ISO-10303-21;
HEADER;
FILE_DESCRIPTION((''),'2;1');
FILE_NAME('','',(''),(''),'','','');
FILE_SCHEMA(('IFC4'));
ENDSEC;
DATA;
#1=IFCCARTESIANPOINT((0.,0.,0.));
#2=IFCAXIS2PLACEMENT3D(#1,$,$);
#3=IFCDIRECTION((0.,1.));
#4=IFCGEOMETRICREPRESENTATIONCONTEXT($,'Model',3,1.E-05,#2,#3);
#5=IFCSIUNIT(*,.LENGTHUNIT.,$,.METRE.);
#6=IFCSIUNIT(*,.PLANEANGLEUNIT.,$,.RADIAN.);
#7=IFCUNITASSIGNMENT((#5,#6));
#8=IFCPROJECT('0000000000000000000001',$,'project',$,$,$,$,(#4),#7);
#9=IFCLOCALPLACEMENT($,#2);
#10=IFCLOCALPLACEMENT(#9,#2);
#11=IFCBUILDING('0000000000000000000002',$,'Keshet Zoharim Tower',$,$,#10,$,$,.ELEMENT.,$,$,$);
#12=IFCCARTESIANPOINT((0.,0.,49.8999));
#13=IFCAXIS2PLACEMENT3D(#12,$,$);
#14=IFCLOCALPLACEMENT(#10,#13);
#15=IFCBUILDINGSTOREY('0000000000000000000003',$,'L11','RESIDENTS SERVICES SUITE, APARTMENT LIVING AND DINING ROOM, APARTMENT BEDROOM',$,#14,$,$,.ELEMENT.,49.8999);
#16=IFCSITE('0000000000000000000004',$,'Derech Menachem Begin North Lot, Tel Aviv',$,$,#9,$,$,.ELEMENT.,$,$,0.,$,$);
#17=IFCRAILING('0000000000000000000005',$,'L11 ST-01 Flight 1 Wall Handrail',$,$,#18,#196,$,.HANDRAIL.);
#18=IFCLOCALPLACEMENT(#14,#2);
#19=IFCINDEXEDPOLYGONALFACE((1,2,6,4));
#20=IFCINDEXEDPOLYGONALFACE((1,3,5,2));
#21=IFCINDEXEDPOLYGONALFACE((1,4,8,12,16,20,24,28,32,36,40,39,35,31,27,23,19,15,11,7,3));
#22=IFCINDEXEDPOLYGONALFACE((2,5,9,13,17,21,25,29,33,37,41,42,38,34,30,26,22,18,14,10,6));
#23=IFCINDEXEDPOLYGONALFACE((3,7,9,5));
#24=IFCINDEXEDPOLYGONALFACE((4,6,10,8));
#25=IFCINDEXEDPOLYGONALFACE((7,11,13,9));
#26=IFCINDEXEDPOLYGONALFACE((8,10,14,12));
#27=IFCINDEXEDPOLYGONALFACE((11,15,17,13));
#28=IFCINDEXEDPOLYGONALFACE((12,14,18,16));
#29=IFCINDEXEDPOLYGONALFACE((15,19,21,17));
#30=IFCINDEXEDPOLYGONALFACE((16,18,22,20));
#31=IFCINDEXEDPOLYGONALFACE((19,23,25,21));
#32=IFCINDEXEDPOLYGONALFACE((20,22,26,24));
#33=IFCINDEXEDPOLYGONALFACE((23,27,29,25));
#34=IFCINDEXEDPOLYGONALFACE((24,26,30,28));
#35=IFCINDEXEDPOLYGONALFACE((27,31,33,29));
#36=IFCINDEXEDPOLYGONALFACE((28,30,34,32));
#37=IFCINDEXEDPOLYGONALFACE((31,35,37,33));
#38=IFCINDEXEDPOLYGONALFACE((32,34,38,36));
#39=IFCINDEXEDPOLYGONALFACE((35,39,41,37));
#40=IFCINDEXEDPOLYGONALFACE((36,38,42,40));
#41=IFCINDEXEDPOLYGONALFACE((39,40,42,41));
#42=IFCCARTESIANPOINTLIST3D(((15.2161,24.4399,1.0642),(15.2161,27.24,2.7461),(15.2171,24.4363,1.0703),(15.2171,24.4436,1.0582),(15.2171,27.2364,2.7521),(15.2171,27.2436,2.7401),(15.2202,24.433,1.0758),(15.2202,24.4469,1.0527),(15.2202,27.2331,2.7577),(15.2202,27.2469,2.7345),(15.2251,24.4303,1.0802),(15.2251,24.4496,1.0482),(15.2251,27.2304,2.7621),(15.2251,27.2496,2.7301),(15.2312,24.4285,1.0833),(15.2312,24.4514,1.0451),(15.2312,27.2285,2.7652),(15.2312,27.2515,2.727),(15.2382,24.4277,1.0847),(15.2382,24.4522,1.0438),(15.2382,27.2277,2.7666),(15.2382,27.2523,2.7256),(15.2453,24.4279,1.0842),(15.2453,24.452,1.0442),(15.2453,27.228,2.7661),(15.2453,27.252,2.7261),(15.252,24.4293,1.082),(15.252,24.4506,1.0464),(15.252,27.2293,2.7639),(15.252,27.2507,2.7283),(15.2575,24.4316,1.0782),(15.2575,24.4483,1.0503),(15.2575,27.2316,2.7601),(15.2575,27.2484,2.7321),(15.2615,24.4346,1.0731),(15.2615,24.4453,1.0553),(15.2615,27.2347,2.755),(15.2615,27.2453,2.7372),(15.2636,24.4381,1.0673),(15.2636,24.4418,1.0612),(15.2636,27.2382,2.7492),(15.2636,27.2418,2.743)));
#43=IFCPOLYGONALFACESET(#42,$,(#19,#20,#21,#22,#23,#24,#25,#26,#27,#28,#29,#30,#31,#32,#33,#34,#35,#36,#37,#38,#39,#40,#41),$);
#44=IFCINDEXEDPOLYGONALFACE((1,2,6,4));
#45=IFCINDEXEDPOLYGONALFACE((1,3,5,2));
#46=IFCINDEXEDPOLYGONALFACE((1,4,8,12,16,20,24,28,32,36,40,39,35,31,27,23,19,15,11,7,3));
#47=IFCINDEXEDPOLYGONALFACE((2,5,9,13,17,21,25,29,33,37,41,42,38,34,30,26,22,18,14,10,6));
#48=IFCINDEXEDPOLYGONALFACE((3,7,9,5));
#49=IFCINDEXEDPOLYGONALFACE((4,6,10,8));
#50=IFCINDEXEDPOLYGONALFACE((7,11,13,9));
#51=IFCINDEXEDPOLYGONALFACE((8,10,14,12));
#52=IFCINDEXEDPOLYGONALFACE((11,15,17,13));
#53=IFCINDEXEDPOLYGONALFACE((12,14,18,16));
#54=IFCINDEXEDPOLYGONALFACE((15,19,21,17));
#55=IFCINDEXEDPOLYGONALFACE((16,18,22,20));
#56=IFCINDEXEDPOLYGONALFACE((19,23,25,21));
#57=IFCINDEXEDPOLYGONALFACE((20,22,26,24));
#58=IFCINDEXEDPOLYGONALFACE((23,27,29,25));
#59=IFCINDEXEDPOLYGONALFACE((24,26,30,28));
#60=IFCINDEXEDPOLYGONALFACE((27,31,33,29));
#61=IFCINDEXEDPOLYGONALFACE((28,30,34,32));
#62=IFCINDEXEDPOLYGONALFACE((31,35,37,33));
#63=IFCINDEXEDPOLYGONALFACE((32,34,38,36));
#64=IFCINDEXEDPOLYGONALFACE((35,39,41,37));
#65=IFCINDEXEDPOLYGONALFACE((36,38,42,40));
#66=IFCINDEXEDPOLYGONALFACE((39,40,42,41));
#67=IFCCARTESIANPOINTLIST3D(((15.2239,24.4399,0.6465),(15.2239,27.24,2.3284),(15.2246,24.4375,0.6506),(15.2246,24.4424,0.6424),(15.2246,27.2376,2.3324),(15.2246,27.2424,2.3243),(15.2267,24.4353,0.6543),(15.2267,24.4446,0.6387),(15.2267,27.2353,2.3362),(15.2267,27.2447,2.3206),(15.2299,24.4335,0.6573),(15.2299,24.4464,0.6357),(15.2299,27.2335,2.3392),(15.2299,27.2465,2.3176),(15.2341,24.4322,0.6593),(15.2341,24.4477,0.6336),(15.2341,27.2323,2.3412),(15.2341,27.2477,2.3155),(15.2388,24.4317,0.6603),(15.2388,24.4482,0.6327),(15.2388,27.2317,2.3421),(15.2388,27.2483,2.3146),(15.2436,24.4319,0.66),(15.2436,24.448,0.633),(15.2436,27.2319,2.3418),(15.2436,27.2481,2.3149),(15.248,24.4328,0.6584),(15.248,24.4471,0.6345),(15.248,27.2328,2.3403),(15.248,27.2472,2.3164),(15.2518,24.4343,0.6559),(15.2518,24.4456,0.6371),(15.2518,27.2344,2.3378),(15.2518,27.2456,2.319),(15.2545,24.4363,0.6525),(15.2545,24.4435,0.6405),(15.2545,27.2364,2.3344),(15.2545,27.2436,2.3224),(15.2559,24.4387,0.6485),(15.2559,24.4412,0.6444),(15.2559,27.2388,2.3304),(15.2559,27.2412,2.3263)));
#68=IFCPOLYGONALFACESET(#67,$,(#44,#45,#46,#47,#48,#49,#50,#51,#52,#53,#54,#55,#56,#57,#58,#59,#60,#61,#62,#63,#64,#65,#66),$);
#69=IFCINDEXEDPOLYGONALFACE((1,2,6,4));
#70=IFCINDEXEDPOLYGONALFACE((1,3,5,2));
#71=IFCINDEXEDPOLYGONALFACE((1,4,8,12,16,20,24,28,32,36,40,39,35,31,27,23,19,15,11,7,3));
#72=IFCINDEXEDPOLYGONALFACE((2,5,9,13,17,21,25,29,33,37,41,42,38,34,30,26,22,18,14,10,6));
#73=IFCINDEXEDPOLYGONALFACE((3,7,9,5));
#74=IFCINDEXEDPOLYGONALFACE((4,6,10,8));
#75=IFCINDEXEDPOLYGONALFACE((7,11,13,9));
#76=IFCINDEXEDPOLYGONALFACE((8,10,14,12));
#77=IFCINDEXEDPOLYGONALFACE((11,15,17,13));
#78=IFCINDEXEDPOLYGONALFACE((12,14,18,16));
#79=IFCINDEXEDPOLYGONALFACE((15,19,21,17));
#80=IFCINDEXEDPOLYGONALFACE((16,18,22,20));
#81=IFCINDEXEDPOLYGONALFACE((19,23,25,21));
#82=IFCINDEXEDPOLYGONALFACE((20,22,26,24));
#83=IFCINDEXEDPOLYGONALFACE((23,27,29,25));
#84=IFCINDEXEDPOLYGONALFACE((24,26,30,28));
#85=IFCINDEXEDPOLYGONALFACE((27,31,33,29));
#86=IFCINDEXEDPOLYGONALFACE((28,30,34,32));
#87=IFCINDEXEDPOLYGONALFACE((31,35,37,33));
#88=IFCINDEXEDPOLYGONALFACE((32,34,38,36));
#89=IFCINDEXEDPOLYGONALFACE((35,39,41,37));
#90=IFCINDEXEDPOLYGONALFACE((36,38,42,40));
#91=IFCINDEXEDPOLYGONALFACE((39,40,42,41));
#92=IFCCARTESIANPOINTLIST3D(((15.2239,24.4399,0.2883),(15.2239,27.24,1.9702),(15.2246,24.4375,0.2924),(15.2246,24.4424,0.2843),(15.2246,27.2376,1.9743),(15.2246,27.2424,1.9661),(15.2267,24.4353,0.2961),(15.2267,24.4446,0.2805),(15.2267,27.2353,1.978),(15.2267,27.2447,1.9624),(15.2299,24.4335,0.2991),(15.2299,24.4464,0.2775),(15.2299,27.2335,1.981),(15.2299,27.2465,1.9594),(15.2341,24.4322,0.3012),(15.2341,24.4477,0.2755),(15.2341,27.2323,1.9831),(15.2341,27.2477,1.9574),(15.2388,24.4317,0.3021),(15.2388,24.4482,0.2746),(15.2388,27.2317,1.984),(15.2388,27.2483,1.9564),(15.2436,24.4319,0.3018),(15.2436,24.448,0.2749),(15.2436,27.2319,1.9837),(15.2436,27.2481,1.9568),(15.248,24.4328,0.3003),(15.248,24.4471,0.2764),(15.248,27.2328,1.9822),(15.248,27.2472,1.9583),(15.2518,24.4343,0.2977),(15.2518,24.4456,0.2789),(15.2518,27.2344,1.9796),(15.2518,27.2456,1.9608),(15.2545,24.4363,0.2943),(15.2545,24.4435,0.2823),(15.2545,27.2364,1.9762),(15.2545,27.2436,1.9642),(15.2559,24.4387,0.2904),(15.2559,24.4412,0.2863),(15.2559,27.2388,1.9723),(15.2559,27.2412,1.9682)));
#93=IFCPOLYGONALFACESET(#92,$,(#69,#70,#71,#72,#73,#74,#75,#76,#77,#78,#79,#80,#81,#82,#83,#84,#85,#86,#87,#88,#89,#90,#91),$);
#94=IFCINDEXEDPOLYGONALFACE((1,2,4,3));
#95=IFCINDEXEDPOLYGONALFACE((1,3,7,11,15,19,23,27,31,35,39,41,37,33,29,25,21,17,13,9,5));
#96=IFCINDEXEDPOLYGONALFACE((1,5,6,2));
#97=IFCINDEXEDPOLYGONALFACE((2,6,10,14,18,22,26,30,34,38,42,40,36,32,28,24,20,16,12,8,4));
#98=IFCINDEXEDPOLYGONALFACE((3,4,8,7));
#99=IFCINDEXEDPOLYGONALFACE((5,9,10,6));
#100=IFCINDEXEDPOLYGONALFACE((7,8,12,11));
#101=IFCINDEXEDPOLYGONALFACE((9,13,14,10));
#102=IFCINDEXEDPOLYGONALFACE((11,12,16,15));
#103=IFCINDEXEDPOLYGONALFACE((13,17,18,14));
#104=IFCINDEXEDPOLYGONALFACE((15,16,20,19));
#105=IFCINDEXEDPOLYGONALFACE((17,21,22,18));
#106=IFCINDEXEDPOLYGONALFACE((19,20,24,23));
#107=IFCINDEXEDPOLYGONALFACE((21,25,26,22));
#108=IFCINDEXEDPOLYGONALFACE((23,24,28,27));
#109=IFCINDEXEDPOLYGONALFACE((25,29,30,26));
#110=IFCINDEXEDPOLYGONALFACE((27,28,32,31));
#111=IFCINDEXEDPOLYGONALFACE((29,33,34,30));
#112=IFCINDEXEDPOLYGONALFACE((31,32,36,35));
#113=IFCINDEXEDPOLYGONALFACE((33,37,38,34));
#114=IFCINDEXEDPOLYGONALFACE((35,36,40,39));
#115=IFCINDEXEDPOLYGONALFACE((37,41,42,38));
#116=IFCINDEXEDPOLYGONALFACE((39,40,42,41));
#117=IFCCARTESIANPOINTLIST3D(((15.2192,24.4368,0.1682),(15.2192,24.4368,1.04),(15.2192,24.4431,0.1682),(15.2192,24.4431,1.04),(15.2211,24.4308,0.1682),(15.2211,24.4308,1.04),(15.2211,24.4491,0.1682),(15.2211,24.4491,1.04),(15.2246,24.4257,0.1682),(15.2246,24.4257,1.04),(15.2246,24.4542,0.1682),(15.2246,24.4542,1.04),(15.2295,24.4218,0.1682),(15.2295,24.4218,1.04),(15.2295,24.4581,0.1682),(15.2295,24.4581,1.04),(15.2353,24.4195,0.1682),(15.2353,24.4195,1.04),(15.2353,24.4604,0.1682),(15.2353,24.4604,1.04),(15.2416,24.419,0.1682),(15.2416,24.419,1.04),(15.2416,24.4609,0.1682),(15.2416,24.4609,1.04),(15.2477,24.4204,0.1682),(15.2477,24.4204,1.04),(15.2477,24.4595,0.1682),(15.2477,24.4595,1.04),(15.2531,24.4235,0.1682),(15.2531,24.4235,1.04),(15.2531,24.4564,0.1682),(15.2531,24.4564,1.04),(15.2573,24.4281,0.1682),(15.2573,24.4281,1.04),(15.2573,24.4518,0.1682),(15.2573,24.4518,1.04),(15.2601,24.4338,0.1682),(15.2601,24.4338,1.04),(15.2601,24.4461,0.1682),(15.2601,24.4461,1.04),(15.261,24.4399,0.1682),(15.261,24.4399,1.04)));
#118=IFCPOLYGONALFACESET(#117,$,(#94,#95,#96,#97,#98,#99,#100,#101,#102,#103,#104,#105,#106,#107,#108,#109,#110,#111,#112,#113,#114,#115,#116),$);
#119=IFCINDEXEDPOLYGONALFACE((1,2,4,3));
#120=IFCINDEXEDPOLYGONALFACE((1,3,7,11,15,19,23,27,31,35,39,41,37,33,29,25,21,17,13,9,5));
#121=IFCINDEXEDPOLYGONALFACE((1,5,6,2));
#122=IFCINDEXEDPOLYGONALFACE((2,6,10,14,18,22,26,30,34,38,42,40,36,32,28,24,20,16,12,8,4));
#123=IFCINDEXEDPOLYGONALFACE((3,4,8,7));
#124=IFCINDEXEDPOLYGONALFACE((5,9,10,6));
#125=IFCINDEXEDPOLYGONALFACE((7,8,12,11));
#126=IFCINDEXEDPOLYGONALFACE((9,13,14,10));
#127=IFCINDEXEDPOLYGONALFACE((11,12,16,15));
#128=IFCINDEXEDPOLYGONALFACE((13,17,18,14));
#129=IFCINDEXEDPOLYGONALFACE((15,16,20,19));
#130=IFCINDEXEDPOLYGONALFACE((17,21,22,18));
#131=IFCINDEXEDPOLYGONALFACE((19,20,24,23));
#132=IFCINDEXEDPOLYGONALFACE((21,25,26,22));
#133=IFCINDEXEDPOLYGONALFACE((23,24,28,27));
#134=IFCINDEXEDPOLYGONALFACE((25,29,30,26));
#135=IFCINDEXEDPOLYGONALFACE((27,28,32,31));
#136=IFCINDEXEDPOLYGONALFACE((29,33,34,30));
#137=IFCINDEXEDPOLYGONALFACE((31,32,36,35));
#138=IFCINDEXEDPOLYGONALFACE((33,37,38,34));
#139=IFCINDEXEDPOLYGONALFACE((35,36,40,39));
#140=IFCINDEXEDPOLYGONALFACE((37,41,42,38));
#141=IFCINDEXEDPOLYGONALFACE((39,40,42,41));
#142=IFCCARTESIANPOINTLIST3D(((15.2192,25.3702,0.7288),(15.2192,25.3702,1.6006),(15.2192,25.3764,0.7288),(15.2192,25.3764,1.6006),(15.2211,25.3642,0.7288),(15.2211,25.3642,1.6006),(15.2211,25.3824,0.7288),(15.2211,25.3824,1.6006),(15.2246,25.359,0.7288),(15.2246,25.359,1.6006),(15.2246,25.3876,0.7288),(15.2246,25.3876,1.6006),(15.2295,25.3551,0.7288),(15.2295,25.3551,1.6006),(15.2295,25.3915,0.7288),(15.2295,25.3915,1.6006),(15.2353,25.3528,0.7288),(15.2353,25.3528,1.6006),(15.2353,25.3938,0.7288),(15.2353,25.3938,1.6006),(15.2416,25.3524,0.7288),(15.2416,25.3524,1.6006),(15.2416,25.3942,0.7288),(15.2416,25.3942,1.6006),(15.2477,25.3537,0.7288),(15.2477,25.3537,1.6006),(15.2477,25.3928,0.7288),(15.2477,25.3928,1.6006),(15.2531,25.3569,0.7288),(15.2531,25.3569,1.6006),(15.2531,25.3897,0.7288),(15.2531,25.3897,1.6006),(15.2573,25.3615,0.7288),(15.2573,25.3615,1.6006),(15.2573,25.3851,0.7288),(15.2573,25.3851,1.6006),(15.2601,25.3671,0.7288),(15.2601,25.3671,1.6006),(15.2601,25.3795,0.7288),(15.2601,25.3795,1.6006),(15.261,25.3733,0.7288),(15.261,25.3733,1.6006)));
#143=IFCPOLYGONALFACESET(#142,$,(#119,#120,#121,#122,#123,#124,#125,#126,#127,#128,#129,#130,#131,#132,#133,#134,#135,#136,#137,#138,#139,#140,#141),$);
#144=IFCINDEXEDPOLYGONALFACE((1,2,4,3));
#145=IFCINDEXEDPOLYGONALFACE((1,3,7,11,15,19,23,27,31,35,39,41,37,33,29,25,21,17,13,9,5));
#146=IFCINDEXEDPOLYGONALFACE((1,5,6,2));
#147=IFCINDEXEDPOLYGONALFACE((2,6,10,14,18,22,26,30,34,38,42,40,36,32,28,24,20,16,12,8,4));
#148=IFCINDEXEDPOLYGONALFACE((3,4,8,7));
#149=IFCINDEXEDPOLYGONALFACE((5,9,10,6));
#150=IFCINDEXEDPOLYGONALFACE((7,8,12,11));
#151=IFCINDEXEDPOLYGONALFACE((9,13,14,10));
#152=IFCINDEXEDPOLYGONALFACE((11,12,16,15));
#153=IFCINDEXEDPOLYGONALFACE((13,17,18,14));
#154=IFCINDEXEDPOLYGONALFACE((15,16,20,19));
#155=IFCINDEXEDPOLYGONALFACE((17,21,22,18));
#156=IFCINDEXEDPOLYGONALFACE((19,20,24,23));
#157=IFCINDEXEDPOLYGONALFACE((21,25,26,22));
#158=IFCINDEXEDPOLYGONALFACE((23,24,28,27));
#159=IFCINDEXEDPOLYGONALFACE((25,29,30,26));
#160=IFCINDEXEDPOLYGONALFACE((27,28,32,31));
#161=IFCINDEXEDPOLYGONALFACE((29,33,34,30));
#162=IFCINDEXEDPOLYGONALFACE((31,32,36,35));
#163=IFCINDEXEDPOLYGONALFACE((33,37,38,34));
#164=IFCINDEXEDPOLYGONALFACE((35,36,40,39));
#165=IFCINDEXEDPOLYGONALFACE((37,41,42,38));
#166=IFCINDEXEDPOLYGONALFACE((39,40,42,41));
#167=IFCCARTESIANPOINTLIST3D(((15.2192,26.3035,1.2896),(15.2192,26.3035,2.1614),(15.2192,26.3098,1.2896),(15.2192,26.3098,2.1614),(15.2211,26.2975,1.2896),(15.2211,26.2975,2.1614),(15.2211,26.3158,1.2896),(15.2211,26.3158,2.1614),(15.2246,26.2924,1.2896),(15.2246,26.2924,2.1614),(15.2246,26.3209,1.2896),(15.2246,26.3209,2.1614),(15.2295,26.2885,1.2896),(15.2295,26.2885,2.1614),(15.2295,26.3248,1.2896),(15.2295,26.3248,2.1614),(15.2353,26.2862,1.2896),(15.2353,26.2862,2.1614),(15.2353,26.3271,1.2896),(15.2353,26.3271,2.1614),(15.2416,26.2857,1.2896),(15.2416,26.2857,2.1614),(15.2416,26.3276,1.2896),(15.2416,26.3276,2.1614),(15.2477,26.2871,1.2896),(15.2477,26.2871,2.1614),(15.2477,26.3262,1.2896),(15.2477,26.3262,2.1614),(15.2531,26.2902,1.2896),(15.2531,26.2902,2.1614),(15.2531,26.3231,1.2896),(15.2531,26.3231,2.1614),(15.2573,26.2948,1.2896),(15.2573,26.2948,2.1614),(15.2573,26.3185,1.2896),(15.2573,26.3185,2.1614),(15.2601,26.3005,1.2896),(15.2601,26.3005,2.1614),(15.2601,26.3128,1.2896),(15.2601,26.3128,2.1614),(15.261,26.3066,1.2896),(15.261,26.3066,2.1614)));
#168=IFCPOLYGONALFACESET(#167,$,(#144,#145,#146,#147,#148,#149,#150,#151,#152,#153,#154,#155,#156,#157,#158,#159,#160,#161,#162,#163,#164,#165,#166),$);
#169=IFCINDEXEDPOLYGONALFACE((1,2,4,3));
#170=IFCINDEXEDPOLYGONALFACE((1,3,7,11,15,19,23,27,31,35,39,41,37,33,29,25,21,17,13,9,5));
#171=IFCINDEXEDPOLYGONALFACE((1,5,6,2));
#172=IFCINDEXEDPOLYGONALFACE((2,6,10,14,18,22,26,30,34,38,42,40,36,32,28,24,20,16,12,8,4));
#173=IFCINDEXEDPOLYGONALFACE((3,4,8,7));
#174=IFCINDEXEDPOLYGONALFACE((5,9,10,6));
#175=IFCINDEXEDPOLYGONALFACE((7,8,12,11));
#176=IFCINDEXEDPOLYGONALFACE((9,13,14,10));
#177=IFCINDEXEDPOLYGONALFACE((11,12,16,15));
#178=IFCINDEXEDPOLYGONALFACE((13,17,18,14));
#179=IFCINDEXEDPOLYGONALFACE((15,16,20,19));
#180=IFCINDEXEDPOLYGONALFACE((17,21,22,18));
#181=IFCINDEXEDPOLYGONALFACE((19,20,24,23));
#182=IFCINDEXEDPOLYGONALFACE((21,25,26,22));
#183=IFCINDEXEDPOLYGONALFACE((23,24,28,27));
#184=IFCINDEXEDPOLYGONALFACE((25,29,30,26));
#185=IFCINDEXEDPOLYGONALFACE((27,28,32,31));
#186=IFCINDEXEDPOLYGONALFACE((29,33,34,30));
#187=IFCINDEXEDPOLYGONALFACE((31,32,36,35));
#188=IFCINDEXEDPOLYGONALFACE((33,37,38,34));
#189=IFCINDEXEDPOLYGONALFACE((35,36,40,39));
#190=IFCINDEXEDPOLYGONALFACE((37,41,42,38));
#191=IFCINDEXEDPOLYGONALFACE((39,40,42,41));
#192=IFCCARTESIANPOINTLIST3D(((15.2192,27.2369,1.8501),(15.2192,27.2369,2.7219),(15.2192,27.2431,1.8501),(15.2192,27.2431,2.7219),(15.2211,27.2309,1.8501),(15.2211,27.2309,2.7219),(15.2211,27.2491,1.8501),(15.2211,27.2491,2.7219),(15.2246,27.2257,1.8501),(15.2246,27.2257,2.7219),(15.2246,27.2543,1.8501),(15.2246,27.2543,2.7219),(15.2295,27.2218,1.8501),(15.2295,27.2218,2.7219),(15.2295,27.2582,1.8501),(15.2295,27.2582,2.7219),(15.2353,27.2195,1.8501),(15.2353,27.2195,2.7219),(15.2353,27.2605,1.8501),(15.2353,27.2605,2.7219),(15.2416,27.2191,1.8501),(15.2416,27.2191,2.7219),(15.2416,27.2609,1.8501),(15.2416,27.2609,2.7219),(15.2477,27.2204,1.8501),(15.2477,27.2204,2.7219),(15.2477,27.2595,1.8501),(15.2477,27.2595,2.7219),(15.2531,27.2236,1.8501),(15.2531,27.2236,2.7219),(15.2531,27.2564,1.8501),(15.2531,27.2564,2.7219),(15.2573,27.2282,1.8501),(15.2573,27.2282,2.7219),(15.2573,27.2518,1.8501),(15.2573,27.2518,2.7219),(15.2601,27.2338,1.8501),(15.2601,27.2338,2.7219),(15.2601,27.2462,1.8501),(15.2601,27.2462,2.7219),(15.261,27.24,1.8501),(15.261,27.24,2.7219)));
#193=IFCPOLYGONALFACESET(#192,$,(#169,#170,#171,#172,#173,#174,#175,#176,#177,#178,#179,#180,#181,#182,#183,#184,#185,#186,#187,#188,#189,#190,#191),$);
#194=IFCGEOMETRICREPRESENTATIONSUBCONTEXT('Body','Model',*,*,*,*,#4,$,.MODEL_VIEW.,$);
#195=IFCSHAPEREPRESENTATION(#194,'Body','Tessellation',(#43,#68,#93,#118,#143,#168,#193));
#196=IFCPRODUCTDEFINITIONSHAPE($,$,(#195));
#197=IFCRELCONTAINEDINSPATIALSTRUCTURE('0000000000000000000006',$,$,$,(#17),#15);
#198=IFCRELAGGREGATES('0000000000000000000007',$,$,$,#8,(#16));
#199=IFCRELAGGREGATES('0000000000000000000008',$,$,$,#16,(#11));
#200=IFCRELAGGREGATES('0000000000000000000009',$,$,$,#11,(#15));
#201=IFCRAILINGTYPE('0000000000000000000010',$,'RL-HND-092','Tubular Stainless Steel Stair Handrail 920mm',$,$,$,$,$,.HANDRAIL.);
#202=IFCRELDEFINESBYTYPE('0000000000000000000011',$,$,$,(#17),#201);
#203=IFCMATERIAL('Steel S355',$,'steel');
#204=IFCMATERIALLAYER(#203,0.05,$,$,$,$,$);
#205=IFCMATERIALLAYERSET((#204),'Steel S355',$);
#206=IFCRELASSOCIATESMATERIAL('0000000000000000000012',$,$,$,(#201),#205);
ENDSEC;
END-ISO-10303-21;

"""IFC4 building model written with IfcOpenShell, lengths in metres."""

from ifc_helpers import new_model, si_unit, direction, frame, origin, origin_2d, place, context, subcontext, project, spatial, circle, extrude, material, layer, layer_set, type_object, element, save


model = new_model("IFC4")

# Units and contexts
model_context = context("Model", 3, precision=1e-05, world=origin(), true_north=direction((0.0, 1.0)))
body_context = subcontext(model_context, "Body", "Model", "MODEL_VIEW")
ifc_project = project(units=[si_unit("LENGTHUNIT", "METRE"), si_unit("PLANEANGLEUNIT", "RADIAN")], contexts=[model_context])

# Site, building, storey
site_placement = place(None, origin())
site = spatial("IfcSite", under=ifc_project, at=site_placement, Name="Derech Menachem Begin North Lot, Tel Aviv", CompositionType="ELEMENT", RefElevation=0.0)
building_placement = place(site_placement, origin())
building = spatial("IfcBuilding", under=site, at=building_placement, Name="Keshet Zoharim Tower", CompositionType="ELEMENT")
storey_placement = place(building_placement, frame((0.0, 0.0, 49.8999)))
storey = spatial("IfcBuildingStorey", under=building, at=storey_placement, Name="L11", Description="RESIDENTS SERVICES SUITE, APARTMENT LIVING AND DINING ROOM, APARTMENT BEDROOM", CompositionType="ELEMENT", Elevation=49.8999)

# Railing
ifc_material_1 = material(Name="Steel S355", Category="steel")
ifc_layer_1 = layer(ifc_material_1, 0.05)
ifc_layer_set_1 = layer_set([ifc_layer_1], Name="Steel S355")
railing_type_1 = type_object("IfcRailingType", Name="RL-HND-092", Description="Tubular Stainless Steel Stair Handrail 920mm", PredefinedType="HANDRAIL", material=ifc_layer_set_1)
railing_1_placement = place(storey_placement, frame((15.24, 24.4399, 0.1682)))
element("IfcRailing", 1, at=railing_1_placement, inside=storey, type_object=railing_type_1, Name="L11 ST-01 Flight 1 Wall Handrail", PredefinedType="HANDRAIL", context=body_context, shape_type="SweptSolid", body=[
    extrude(circle(Radius=0.0239, at=origin_2d()), frame((0.0, 0.0, 0.896), z_axis=(0.0, 0.857242, 0.514913), x_axis=(-1.0, 0.0, 0.0)), (0.0, 0.0, 1.0), 3.2664),
    extrude(circle(Radius=0.0161, at=origin_2d()), frame((0.0, 0.0, 0.4783), z_axis=(0.0, 0.857242, 0.514913), x_axis=(-1.0, 0.0, 0.0)), (0.0, 0.0, 1.0), 3.2664),
    extrude(circle(Radius=0.0161, at=origin_2d()), frame((0.0, 0.0, 0.1201), z_axis=(0.0, 0.857242, 0.514913), x_axis=(-1.0, 0.0, 0.0)), (0.0, 0.0, 1.0), 3.2664),
    extrude(circle(Radius=0.021, at=origin_2d()), origin(), (0.0, 0.0, 1.0), 0.8718),
    extrude(circle(Radius=0.021, at=origin_2d()), frame((0.0, 0.9333, 0.5605)), (0.0, 0.0, 1.0), 0.8718),
    extrude(circle(Radius=0.021, at=origin_2d()), frame((0.0, 1.8667, 1.1213)), (0.0, 0.0, 1.0), 0.8718),
    extrude(circle(Radius=0.021, at=origin_2d()), frame((0.0, 2.8, 1.6819)), (0.0, 0.0, 1.0), 0.8718),
])

save(model, "model.ifc")
